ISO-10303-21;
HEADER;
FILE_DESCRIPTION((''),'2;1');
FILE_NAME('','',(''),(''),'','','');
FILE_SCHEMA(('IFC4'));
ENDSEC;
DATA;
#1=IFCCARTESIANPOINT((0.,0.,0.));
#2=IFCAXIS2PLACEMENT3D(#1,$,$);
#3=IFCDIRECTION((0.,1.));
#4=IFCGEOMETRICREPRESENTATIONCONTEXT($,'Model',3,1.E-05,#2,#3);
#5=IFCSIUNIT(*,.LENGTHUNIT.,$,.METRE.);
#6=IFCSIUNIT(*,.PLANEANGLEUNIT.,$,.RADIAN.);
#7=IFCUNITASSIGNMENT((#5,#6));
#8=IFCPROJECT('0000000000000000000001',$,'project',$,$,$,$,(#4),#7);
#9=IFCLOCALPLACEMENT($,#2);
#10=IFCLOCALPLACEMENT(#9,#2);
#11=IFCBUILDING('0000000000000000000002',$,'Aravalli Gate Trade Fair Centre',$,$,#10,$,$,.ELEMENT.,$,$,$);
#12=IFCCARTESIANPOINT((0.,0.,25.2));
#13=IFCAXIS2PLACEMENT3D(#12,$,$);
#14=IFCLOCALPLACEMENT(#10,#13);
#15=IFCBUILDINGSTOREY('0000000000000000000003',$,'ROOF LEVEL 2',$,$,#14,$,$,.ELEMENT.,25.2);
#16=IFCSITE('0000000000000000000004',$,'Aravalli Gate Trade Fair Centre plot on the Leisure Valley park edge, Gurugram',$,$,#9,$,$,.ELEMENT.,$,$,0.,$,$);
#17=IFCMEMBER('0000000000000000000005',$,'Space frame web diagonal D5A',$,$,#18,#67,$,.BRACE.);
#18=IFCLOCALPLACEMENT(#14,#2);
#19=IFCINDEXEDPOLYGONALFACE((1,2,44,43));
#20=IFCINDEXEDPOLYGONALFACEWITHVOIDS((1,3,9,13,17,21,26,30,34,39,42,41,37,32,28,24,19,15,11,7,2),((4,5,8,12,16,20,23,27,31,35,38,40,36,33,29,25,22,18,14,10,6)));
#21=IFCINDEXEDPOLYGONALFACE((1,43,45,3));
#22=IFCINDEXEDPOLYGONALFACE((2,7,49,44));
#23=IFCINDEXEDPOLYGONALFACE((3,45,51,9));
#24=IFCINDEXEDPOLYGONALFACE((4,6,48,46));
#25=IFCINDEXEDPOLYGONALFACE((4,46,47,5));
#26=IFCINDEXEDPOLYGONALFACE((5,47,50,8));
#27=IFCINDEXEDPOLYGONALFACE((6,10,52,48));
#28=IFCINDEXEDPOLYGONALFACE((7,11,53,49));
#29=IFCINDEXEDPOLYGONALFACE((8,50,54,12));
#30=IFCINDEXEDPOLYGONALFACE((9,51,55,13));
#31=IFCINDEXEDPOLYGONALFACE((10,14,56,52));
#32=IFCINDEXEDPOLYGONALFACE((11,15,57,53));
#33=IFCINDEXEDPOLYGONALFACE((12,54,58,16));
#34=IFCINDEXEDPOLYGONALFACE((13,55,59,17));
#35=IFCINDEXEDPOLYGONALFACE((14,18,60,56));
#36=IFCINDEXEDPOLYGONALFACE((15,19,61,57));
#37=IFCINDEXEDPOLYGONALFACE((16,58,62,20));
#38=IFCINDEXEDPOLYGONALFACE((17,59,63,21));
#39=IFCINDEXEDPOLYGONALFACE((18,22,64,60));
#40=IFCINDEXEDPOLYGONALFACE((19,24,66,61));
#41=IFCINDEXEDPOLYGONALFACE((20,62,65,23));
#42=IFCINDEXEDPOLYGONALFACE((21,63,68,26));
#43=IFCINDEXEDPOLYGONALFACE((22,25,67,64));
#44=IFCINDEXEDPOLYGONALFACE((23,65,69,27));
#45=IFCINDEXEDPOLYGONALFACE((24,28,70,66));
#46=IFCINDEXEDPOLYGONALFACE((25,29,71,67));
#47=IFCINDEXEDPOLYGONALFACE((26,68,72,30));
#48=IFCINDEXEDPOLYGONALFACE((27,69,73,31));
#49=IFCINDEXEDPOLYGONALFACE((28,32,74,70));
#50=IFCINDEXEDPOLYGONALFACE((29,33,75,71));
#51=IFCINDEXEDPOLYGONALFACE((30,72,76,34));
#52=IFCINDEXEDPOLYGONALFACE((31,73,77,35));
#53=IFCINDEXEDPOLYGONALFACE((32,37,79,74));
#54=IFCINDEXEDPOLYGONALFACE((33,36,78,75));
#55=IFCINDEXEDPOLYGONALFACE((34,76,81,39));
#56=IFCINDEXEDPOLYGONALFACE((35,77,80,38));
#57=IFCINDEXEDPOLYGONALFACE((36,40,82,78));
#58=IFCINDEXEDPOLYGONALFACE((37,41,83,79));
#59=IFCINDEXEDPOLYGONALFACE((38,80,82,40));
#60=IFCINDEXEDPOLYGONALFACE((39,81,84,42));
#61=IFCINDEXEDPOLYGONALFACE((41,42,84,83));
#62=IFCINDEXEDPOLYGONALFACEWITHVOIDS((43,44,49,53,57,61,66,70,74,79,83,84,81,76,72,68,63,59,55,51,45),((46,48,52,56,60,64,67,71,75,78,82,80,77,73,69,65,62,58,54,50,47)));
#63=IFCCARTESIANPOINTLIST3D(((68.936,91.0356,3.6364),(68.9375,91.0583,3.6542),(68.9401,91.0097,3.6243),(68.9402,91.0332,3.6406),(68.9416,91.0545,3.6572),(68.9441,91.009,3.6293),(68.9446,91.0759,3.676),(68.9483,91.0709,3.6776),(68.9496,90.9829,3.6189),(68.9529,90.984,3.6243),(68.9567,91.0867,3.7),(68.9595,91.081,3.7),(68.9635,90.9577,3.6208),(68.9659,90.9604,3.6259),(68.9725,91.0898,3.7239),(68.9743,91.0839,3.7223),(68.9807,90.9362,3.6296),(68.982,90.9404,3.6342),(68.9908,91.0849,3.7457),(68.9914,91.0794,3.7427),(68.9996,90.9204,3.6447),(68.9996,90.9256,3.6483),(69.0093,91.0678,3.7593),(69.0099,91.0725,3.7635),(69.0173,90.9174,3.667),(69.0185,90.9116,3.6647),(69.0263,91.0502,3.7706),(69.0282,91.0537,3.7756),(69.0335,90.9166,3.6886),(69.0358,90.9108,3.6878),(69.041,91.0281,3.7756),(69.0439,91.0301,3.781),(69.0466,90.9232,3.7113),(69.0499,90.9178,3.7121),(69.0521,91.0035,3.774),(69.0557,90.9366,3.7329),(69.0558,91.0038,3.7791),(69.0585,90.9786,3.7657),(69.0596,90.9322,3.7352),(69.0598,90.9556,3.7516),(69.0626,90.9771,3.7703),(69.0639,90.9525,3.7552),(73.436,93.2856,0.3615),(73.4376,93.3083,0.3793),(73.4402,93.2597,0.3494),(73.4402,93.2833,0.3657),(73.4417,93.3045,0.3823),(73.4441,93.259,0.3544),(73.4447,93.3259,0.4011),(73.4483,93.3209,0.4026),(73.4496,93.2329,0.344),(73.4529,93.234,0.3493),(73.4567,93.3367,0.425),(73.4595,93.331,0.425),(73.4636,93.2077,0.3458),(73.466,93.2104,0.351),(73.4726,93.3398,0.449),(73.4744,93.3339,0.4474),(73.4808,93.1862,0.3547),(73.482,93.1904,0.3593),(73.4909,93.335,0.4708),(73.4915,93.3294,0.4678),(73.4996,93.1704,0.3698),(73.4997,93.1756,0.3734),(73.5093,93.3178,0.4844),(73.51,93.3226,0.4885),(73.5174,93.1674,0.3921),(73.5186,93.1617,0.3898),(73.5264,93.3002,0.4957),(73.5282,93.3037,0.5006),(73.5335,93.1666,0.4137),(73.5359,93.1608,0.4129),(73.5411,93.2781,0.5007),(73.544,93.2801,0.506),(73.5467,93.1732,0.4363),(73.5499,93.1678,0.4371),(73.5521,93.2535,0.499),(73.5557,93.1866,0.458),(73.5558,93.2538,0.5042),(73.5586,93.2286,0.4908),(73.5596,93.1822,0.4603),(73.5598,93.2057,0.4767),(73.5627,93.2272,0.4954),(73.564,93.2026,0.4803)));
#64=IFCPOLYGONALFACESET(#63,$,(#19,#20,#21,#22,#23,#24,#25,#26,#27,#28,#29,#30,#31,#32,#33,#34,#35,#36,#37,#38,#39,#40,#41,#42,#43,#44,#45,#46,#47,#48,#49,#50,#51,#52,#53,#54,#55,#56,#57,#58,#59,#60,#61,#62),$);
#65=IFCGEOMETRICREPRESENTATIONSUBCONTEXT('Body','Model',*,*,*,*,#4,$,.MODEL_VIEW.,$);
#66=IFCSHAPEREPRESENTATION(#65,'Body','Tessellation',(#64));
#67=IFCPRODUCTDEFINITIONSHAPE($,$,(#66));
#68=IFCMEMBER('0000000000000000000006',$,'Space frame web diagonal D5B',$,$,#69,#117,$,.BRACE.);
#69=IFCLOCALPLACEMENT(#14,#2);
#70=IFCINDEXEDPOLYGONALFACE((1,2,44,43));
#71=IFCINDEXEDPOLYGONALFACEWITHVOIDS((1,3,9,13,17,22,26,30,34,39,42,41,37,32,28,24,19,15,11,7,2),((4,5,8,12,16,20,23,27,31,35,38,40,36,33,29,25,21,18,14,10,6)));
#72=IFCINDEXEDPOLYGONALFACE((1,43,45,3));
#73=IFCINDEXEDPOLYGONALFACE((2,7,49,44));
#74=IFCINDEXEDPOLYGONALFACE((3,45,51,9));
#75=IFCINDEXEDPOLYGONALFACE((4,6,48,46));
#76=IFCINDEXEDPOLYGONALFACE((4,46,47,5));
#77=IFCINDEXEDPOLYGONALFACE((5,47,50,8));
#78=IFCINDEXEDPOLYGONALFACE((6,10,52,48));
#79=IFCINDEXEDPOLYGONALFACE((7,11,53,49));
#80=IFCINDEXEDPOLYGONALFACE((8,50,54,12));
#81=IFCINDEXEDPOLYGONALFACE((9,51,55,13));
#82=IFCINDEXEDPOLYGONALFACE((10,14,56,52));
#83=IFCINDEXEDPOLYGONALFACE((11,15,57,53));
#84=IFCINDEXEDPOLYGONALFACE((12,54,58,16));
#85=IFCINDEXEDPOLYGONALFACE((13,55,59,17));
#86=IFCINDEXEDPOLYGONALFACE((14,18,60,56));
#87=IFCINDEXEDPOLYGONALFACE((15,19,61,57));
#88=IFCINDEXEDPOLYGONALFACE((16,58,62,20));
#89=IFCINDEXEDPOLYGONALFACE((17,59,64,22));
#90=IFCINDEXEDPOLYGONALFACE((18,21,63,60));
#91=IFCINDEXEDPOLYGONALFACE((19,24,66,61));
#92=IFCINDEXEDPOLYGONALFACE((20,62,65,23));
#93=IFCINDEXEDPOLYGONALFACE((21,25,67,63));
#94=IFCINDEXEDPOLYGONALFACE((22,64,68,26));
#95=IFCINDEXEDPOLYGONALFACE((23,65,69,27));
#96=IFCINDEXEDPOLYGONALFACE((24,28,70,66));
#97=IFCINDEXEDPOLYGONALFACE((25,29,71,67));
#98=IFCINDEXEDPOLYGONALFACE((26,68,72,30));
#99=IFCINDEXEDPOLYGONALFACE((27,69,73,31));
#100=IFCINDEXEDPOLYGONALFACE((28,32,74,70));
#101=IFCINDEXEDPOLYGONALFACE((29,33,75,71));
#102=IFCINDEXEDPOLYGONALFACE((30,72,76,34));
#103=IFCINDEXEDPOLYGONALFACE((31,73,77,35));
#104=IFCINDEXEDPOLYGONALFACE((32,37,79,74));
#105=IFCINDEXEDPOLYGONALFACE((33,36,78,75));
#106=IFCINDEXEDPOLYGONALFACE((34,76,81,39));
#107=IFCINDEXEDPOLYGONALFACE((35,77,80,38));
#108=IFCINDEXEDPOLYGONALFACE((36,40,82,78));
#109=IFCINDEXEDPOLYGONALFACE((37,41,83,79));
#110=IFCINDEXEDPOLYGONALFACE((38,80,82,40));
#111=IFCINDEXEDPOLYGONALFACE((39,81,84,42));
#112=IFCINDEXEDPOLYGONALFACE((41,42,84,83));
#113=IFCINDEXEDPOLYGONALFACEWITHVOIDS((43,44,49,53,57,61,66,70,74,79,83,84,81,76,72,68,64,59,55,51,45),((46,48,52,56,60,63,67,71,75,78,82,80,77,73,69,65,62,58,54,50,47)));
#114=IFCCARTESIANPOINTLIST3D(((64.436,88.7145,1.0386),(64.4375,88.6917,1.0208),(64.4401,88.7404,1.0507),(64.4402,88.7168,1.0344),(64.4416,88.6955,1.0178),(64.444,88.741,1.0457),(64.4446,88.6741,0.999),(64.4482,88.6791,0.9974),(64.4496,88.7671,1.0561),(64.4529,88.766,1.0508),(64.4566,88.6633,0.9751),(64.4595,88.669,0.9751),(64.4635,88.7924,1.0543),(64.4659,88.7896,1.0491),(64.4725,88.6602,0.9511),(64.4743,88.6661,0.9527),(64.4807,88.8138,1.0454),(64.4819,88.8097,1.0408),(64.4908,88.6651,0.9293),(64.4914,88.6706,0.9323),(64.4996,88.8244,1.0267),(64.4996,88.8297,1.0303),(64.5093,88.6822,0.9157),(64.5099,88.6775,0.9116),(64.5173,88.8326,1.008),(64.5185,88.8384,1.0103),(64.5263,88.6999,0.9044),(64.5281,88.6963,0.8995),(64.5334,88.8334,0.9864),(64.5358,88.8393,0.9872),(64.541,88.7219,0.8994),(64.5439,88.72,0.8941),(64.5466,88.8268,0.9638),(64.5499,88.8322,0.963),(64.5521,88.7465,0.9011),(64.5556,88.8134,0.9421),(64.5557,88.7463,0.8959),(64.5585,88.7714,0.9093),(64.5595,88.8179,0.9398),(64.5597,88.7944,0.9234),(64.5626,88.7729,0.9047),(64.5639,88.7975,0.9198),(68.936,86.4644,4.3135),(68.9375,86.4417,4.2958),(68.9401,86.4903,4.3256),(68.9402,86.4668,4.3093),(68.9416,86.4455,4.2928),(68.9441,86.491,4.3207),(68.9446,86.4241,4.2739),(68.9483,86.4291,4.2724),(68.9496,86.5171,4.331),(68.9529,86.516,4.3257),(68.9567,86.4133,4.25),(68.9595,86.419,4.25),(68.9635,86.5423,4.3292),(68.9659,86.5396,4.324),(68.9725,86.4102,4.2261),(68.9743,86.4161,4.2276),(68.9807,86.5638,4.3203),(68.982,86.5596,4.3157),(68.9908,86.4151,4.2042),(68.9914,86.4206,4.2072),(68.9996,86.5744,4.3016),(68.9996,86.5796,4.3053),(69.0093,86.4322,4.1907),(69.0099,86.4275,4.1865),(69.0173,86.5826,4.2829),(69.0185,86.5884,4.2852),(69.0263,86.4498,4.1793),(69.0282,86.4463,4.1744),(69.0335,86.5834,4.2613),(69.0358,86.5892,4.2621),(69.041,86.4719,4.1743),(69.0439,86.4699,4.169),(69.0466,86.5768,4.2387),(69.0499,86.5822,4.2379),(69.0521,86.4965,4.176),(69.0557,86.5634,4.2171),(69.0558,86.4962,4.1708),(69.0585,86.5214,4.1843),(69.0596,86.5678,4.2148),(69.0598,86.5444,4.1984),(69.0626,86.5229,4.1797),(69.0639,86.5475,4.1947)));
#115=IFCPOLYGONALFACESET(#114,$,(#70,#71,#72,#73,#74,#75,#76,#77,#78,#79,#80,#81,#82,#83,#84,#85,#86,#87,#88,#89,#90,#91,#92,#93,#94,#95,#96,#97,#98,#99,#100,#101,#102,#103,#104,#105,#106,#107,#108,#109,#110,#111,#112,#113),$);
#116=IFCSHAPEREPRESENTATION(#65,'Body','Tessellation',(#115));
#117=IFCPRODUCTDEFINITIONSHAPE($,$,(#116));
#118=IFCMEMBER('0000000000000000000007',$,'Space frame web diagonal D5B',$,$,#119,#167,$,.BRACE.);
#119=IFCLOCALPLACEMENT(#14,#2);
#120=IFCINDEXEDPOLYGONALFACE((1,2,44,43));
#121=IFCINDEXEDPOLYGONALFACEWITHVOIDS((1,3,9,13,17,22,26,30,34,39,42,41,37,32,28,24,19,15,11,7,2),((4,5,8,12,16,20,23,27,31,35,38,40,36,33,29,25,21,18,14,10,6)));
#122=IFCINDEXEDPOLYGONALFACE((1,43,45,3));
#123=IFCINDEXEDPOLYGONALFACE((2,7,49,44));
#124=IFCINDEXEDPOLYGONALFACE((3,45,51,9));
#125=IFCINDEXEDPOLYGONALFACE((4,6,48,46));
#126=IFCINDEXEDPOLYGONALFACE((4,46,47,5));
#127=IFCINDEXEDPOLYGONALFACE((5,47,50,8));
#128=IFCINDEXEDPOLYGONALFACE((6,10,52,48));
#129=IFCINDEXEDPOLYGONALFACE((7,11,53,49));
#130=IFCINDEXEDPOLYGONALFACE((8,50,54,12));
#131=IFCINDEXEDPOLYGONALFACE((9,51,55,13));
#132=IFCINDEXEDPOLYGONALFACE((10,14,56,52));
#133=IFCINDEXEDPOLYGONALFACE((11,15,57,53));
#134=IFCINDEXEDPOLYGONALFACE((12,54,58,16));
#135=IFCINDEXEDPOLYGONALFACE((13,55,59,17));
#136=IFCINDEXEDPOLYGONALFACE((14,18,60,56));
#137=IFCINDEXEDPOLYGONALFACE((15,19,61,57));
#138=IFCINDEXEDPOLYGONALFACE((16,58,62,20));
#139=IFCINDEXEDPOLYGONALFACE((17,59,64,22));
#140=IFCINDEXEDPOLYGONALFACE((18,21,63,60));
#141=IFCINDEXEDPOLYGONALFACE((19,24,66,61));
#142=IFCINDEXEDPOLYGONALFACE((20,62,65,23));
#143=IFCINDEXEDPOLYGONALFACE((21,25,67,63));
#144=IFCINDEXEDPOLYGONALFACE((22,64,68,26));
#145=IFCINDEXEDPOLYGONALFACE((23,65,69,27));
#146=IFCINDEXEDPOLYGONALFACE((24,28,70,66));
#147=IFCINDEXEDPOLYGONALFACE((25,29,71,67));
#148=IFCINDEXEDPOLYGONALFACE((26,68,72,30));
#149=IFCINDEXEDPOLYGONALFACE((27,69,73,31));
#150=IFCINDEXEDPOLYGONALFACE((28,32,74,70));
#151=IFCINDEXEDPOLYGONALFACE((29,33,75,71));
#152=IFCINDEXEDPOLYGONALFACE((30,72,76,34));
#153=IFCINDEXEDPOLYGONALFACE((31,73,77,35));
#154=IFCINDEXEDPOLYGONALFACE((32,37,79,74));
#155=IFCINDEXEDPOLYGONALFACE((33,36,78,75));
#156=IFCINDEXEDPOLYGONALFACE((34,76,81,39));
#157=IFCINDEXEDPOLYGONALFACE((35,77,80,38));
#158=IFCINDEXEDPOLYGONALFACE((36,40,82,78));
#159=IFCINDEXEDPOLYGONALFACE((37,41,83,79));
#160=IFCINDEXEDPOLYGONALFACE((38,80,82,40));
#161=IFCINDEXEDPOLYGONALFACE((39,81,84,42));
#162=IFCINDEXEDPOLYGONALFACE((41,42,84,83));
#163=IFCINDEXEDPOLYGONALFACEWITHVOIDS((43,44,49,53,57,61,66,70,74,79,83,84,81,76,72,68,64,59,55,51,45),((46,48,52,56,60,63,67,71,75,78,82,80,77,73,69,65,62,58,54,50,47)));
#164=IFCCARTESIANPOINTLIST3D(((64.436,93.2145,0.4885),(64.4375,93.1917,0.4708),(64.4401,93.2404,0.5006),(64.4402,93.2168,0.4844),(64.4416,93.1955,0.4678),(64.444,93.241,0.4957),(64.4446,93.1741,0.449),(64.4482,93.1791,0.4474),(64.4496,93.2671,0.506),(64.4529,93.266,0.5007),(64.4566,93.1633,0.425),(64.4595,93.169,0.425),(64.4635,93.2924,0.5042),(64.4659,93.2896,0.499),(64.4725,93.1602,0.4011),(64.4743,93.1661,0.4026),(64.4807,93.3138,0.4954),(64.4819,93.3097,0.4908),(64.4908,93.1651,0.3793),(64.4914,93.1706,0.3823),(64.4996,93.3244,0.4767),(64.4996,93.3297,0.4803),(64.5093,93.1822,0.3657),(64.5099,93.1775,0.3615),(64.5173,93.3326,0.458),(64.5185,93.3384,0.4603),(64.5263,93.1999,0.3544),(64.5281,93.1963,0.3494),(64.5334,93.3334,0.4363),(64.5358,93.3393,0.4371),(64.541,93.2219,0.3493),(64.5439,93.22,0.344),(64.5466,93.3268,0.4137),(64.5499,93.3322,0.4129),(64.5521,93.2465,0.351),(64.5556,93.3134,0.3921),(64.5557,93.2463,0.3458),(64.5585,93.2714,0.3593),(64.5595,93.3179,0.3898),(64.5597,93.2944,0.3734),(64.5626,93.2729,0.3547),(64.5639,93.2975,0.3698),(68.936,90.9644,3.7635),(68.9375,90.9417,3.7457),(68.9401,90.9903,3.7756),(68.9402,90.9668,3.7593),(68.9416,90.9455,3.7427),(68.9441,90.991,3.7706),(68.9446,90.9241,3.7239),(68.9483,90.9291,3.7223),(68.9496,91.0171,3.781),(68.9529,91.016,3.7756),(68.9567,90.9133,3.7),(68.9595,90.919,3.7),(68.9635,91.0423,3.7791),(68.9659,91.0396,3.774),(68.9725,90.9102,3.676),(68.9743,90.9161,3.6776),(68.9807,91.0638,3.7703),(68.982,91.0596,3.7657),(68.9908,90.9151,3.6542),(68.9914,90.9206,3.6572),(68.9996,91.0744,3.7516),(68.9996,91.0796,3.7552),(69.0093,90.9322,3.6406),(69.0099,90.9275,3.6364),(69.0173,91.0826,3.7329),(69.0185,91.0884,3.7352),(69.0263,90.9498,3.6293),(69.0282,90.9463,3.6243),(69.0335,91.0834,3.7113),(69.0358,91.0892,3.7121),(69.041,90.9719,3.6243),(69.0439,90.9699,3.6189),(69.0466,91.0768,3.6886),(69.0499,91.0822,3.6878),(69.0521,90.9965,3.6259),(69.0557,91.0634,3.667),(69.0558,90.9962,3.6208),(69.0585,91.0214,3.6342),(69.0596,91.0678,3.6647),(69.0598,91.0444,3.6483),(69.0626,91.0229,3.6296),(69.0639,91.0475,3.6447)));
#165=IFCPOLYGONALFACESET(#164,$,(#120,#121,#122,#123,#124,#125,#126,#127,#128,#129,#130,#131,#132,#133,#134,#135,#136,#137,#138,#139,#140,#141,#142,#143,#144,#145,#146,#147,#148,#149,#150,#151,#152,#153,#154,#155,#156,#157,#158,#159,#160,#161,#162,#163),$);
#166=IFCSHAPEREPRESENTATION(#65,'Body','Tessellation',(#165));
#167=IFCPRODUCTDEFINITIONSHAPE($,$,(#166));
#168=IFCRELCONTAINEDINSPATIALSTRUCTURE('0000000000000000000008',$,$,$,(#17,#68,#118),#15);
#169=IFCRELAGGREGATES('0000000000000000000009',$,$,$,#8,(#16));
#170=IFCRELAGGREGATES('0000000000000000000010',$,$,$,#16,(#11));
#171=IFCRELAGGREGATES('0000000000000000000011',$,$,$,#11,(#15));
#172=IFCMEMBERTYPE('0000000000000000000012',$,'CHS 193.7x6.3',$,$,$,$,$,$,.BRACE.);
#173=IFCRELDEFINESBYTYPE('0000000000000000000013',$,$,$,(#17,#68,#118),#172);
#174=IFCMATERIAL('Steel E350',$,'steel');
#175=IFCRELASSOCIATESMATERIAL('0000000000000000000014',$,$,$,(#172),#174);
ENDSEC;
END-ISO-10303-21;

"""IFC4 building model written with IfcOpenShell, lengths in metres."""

from ifc_helpers import new_model, si_unit, direction, frame, origin, origin_2d, place, context, subcontext, project, spatial, hollow_circle, extrude, material, material_profile, profile_set, type_object, element, save


model = new_model("IFC4")

# Units and contexts
model_context = context("Model", 3, precision=1e-05, world=origin(), true_north=direction((0.0, 1.0)))
body_context = subcontext(model_context, "Body", "Model", "MODEL_VIEW")
ifc_project = project(units=[si_unit("LENGTHUNIT", "METRE"), si_unit("PLANEANGLEUNIT", "RADIAN")], contexts=[model_context])

# Site, building, storey
site_placement = place(None, origin())
site = spatial("IfcSite", under=ifc_project, at=site_placement, Name="Aravalli Gate Trade Fair Centre plot on the Leisure Valley park edge, Gurugram", CompositionType="ELEMENT", RefElevation=0.0)
building_placement = place(site_placement, origin())
building = spatial("IfcBuilding", under=site, at=building_placement, Name="Aravalli Gate Trade Fair Centre", CompositionType="ELEMENT")
storey_placement = place(building_placement, frame((0.0, 0.0, 25.2)))
storey = spatial("IfcBuildingStorey", under=building, at=storey_placement, Name="ROOF LEVEL 2", CompositionType="ELEMENT", Elevation=25.2)

# Members
ifc_material_1 = material(Name="Steel E350", Category="steel")
ifc_material_profile_1 = material_profile(ifc_material_1, hollow_circle(Radius=0.0969, WallThickness=0.0063, at=origin_2d()), Name="CHS 193.7x6.3")
ifc_profile_set_1 = profile_set([ifc_material_profile_1], Name="Steel E350")
member_type_1 = type_object("IfcMemberType", Name="CHS 193.7x6.3", PredefinedType="BRACE", material=ifc_profile_set_1)
for number, where, z_axis, x_axis, name in (
    (1, (69.0, 91.0, 3.7), (0.74961, 0.374805, -0.545533), (-0.447214, 0.894427, 0.0), "Space frame web diagonal D5A"),
    (2, (69.0, 86.5, 4.25), (-0.74961, 0.374805, -0.545533), (-0.447214, -0.894427, 0.0), "Space frame web diagonal D5B"),
    (3, (69.0, 91.0, 3.7), (-0.74961, 0.374805, -0.545533), (-0.447214, -0.894427, 0.0), "Space frame web diagonal D5B"),
):
    element("IfcMember", number, at=place(storey_placement, frame(where, z_axis=z_axis, x_axis=x_axis)), inside=storey, type_object=member_type_1, Name=name, PredefinedType="BRACE", context=body_context, shape_type="SweptSolid", body=[
        extrude(hollow_circle(Radius=0.0969, WallThickness=0.0063, at=origin_2d()), origin(), (0.0, 0.0, 1.0), 6.0032),
    ])

save(model, "model.ifc")
